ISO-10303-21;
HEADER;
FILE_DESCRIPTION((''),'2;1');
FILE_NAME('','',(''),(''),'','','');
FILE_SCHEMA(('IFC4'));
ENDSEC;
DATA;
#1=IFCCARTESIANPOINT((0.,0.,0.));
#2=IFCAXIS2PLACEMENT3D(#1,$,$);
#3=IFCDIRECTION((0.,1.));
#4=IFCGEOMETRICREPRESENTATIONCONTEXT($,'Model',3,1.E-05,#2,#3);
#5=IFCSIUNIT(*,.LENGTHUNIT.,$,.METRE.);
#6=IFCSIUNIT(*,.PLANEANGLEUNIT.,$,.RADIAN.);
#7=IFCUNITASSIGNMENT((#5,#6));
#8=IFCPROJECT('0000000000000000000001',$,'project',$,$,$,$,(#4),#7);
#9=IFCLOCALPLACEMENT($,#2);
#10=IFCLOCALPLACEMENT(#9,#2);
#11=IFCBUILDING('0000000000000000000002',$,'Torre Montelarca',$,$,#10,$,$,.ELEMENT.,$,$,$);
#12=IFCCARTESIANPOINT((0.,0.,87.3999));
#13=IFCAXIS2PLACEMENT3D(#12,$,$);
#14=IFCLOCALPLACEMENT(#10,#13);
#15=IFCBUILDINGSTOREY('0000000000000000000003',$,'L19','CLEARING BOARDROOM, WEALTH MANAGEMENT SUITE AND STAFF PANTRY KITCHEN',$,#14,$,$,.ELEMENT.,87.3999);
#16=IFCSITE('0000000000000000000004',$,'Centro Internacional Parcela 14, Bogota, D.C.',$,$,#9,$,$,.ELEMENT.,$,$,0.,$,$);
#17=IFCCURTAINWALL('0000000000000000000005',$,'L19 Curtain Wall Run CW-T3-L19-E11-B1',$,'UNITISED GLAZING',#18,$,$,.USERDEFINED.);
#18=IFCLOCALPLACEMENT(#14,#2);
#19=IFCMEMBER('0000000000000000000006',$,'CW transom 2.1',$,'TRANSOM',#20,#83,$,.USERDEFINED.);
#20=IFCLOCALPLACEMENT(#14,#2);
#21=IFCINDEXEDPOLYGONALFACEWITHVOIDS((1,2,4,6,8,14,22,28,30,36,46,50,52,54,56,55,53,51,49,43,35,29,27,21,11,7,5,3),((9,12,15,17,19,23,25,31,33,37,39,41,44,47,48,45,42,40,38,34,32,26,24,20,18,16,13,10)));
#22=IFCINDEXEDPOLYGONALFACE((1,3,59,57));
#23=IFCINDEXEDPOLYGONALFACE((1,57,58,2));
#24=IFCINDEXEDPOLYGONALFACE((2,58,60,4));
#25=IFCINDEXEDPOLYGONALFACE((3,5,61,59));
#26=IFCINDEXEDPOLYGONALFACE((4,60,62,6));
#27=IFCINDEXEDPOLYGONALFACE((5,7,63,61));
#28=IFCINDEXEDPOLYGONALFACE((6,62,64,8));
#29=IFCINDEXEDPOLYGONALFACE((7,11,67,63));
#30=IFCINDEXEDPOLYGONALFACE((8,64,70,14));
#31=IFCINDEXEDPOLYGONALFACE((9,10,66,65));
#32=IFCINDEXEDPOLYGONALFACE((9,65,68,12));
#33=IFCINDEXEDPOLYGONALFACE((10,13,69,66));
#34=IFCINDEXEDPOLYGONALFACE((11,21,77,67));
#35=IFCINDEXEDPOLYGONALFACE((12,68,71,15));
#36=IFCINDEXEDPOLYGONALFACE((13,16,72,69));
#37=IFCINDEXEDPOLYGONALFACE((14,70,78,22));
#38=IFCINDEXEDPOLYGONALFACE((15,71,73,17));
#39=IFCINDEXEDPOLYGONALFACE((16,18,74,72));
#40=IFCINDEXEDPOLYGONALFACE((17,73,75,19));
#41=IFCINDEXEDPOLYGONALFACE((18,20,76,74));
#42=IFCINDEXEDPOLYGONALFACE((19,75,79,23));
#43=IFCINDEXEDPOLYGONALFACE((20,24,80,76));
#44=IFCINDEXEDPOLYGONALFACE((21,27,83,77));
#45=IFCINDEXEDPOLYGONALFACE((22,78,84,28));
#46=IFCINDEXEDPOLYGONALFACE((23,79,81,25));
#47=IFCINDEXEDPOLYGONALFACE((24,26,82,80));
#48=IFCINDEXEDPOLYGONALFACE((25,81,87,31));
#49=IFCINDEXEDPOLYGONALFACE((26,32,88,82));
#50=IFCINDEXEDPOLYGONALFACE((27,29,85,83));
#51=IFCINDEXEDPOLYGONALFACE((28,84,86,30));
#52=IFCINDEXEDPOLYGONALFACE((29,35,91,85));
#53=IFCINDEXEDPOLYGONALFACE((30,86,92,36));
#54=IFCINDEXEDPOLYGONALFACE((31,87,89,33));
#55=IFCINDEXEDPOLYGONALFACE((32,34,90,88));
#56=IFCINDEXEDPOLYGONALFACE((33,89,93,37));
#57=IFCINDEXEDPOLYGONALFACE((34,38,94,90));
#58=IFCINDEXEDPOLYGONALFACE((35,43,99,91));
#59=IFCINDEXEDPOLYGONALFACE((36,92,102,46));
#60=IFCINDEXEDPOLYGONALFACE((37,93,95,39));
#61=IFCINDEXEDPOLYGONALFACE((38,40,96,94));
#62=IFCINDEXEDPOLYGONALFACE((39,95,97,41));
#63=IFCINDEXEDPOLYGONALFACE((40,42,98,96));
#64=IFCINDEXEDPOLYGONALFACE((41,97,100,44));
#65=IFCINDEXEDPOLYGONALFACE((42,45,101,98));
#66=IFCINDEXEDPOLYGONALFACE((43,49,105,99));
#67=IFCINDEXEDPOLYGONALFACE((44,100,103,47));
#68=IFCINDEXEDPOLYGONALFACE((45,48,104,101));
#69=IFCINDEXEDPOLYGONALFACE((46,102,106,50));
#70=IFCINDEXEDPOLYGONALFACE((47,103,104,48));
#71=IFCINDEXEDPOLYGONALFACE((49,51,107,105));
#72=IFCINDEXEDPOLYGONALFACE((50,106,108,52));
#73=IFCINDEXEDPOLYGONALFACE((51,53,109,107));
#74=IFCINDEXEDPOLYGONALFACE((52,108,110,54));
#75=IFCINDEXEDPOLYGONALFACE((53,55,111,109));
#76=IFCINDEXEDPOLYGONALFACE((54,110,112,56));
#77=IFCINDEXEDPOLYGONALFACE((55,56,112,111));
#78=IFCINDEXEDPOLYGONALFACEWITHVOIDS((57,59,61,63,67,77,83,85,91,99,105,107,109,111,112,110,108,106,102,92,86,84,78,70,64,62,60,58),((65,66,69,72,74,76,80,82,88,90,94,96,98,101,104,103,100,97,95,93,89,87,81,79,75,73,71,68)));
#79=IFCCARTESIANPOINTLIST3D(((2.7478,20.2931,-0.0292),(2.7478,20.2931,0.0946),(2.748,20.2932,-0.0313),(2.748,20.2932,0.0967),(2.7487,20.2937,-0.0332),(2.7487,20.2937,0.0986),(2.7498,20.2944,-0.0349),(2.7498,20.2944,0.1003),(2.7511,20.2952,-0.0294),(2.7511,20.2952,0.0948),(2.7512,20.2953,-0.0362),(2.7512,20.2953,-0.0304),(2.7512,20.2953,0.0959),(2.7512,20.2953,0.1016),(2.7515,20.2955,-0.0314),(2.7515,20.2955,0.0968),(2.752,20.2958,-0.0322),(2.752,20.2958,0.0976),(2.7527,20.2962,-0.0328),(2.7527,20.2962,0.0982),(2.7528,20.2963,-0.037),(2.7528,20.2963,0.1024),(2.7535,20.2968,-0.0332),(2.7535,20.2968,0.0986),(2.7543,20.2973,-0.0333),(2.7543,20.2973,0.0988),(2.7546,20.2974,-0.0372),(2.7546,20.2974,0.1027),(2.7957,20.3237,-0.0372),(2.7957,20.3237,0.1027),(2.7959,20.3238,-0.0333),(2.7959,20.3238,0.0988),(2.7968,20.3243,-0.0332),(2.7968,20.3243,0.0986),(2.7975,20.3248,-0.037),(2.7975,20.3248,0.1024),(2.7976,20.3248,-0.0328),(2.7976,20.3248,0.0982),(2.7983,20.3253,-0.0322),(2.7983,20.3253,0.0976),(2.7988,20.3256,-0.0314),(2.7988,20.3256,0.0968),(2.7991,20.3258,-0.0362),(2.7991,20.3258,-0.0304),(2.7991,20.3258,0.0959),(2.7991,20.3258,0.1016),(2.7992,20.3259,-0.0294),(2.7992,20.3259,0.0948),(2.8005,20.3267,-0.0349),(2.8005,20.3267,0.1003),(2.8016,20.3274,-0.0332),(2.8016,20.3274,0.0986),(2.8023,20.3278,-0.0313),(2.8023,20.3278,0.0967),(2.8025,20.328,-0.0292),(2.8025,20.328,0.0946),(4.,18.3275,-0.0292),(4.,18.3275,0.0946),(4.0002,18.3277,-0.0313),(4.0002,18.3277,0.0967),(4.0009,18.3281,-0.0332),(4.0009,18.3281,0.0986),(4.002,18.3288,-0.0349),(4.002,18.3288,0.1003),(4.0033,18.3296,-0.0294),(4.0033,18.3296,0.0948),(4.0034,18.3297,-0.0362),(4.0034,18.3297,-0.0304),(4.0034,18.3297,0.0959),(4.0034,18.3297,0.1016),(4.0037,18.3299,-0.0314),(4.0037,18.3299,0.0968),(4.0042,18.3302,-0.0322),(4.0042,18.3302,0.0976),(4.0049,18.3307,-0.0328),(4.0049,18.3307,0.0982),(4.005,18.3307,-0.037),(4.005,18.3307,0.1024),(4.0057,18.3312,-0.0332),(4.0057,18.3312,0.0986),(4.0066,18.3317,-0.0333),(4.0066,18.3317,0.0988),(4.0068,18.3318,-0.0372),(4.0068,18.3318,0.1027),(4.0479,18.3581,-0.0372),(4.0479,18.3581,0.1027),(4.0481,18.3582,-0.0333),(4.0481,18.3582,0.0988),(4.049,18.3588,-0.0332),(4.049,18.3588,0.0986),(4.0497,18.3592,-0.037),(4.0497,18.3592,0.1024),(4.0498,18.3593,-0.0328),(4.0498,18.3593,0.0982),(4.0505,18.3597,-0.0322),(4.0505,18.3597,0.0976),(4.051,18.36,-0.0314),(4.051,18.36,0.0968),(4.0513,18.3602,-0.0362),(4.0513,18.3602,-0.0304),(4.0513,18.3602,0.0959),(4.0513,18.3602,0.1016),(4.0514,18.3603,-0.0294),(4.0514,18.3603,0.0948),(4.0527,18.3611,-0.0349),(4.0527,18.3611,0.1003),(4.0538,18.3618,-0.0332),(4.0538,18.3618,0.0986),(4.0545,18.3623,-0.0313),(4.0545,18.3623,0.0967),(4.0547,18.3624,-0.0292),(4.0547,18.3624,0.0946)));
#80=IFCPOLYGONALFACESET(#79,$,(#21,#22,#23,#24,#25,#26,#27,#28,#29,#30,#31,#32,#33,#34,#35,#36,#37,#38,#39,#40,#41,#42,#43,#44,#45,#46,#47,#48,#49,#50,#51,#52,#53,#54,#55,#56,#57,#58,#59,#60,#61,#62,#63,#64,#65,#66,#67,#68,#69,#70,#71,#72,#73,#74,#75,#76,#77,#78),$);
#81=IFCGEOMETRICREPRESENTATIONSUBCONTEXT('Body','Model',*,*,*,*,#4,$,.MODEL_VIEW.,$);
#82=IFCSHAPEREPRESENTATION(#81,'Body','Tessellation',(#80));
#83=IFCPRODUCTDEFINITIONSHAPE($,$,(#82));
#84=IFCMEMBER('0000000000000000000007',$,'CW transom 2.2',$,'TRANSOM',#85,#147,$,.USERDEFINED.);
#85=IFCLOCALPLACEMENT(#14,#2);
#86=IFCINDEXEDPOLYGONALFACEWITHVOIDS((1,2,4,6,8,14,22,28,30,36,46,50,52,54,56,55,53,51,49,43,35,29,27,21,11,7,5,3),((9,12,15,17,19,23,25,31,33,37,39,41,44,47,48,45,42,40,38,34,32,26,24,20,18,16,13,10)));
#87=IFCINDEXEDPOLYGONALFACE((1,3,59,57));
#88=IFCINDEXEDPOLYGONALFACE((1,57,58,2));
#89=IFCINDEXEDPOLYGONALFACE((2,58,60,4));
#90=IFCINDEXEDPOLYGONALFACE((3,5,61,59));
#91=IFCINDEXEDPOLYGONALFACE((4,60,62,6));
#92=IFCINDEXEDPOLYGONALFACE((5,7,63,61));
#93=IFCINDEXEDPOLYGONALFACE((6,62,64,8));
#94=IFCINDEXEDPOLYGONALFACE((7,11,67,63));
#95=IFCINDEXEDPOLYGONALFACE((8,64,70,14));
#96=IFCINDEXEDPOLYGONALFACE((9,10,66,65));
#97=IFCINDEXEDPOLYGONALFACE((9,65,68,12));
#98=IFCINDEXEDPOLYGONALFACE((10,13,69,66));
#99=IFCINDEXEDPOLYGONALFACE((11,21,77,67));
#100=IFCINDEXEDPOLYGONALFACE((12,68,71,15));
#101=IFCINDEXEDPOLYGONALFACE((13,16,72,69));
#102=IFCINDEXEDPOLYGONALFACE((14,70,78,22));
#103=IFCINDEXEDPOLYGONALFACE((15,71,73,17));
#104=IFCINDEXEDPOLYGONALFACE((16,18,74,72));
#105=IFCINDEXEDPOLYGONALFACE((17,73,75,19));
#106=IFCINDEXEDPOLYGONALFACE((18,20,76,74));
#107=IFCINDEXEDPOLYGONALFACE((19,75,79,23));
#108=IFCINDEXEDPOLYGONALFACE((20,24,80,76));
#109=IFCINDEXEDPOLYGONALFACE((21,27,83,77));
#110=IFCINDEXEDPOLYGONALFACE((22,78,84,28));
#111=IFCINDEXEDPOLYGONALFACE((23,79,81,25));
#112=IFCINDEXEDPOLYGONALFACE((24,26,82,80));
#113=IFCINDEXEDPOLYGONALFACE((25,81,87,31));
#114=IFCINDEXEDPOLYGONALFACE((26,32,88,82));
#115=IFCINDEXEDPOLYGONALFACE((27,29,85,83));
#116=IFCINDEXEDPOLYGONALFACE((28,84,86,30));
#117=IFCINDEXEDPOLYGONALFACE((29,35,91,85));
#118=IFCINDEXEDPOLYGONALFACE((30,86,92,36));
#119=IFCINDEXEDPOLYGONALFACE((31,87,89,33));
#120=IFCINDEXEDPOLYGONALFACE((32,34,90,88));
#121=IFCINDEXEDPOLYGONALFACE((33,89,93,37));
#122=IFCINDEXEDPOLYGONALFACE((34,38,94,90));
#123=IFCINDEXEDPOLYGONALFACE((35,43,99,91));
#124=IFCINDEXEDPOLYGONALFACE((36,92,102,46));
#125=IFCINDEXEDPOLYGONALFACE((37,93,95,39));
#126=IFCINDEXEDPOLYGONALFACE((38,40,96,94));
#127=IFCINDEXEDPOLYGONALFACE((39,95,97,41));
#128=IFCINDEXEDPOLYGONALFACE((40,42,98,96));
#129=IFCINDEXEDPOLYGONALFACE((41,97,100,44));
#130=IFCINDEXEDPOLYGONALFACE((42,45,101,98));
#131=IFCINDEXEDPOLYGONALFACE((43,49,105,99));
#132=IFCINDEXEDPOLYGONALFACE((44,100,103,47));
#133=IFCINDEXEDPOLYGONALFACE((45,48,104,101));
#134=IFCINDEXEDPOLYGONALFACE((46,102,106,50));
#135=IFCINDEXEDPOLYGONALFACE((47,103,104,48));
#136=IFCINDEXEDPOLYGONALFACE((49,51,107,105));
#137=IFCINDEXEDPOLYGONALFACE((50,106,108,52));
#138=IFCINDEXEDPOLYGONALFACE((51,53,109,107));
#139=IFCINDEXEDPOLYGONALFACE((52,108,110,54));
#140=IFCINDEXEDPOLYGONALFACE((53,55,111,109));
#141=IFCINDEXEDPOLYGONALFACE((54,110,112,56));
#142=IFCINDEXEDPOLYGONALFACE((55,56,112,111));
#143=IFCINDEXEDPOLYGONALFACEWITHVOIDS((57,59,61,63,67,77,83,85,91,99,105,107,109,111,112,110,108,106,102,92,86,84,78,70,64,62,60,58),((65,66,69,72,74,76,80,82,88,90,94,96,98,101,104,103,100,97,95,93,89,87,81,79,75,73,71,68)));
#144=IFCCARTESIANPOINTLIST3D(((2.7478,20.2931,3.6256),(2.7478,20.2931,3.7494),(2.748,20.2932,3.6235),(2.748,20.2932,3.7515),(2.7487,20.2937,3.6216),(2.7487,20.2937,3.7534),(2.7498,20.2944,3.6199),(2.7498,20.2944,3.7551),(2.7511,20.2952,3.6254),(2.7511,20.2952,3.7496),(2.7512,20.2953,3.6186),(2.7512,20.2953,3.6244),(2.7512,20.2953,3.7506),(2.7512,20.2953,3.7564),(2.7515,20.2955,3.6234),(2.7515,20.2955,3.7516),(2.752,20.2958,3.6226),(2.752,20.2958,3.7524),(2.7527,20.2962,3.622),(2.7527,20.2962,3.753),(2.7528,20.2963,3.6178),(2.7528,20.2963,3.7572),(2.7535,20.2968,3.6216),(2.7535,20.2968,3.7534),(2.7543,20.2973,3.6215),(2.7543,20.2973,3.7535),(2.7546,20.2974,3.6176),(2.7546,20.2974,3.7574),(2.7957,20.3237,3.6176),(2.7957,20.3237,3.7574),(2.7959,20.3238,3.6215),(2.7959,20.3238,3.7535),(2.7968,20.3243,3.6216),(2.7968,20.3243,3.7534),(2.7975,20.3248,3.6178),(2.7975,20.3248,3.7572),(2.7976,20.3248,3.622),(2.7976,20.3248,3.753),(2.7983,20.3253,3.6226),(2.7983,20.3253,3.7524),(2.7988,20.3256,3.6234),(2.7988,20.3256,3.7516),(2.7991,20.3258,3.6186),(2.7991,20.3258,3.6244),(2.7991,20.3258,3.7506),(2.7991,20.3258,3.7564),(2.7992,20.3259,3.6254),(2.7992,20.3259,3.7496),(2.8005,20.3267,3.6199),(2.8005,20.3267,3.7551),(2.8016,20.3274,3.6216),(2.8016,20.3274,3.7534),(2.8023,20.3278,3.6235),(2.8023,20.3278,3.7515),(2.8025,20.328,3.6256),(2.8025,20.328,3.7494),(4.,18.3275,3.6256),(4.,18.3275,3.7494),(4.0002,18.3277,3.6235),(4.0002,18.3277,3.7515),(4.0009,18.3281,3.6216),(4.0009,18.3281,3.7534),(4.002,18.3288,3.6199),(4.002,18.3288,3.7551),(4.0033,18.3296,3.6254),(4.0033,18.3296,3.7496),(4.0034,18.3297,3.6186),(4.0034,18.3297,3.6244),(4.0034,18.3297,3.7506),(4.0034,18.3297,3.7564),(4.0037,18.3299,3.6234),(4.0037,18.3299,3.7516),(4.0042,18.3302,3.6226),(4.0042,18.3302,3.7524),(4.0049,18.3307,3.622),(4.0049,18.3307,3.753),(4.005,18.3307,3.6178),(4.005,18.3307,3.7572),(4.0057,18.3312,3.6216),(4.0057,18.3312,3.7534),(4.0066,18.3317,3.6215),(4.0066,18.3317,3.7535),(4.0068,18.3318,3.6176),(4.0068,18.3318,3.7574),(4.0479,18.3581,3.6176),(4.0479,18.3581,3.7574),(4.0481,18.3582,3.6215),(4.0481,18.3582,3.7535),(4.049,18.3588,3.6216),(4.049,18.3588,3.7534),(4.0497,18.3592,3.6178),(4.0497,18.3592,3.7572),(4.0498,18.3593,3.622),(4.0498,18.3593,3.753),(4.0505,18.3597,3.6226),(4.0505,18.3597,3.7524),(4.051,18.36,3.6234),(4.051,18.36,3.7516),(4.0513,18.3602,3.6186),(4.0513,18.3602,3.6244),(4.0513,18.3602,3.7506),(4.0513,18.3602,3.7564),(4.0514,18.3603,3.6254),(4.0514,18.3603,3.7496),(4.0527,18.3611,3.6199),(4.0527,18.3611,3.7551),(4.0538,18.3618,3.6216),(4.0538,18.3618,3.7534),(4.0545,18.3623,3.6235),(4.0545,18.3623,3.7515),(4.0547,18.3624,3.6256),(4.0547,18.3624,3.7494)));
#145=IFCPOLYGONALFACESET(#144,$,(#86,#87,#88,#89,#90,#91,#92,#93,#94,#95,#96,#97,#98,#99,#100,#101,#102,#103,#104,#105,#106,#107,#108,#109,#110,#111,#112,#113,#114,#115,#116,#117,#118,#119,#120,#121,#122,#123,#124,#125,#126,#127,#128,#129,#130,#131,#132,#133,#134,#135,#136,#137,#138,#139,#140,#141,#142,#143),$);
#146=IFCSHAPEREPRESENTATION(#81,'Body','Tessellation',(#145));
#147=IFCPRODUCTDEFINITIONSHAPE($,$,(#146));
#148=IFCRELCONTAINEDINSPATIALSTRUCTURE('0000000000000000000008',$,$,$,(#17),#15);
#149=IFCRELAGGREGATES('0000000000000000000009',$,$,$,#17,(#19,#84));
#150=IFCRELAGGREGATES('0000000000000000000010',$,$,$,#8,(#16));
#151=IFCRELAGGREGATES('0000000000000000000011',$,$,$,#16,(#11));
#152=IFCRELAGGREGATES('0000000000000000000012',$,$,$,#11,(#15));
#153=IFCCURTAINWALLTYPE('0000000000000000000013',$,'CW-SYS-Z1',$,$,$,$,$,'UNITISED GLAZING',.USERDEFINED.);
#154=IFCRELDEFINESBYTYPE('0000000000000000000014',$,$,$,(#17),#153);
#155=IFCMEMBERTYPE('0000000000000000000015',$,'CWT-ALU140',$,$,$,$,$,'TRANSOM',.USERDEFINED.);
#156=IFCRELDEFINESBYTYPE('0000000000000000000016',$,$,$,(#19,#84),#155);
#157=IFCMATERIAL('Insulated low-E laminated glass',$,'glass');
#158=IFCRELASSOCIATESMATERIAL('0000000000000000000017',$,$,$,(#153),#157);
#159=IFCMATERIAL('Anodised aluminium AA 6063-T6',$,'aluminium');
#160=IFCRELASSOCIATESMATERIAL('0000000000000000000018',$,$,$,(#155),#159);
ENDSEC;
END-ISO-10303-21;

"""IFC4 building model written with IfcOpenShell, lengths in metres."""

from ifc_helpers import new_model, si_unit, direction, frame, origin, origin_2d, place, context, subcontext, project, spatial, hollow_rectangle, extrude, source, transform, mapped, material, material_profile, profile_set, type_object, element, aggregate, save


model = new_model("IFC4")

# Units and contexts
model_context = context("Model", 3, precision=1e-05, world=origin(), true_north=direction((0.0, 1.0)))
body_context = subcontext(model_context, "Body", "Model", "MODEL_VIEW")
ifc_project = project(units=[si_unit("LENGTHUNIT", "METRE"), si_unit("PLANEANGLEUNIT", "RADIAN")], contexts=[model_context])

# Site, building, storey
site_placement = place(None, origin())
site = spatial("IfcSite", under=ifc_project, at=site_placement, Name="Centro Internacional Parcela 14, Bogota, D.C.", CompositionType="ELEMENT", RefElevation=0.0)
building_placement = place(site_placement, origin())
building = spatial("IfcBuilding", under=site, at=building_placement, Name="Torre Montelarca", CompositionType="ELEMENT")
storey_placement = place(building_placement, frame((0.0, 0.0, 87.3999)))
storey = spatial("IfcBuildingStorey", under=building, at=storey_placement, Name="L19", Description="CLEARING BOARDROOM, WEALTH MANAGEMENT SUITE AND STAFF PANTRY KITCHEN", CompositionType="ELEMENT", Elevation=87.3999)

# Curtain wall, members
ifc_material_1 = material(Name="Insulated low-E laminated glass", Category="glass")
curtain_wall_type = type_object("IfcCurtainWallType", Name="CW-SYS-Z1", ElementType="UNITISED GLAZING", PredefinedType="USERDEFINED", material=ifc_material_1)
ifc_material_2 = material(Name="Anodised aluminium AA 6063-T6", Category="aluminium")
ifc_material_profile_1 = material_profile(ifc_material_2, hollow_rectangle(XDim=0.0649, YDim=0.1399, WallThickness=0.0039, InnerFilletRadius=0.0039, OuterFilletRadius=0.0081, at=origin_2d()), Name="ALU65X140X4", Category="aluminium")
ifc_profile_set_1 = profile_set([ifc_material_profile_1], Name="Anodised aluminium AA 6063-T6")
member_type_1 = type_object("IfcMemberType", Name="CWT-ALU140", ElementType="TRANSOM", PredefinedType="USERDEFINED", material=ifc_profile_set_1)
curtain_wall_1_placement = place(storey_placement, origin())
curtain_wall_1 = element("IfcCurtainWall", 1, at=curtain_wall_1_placement, inside=storey, type_object=curtain_wall_type, Name="L19 Curtain Wall Run CW-T3-L19-E11-B1", ObjectType="UNITISED GLAZING", PredefinedType="USERDEFINED")
shared_shape_1 = source(origin(), body_context, "Body", "SweptSolid", [
    extrude(hollow_rectangle(XDim=0.0649, YDim=0.1399, WallThickness=0.0039, InnerFilletRadius=0.0039, OuterFilletRadius=0.0081, at=origin_2d()), origin(), (0.0, 0.0, 1.0), 2.3306),
])
member_1_placement = place(storey_placement, frame((2.7751, 20.3105, 0.0327), z_axis=(0.537296, -0.843394, 0.0), x_axis=(0.843394, 0.537296, 0.0)))
member_1 = element("IfcMember", 2, at=member_1_placement, type_object=member_type_1, Name="CW transom 2.1", ObjectType="TRANSOM", PredefinedType="USERDEFINED", context=body_context, shape_type="MappedRepresentation", body=[
    mapped(shared_shape_1, transform((0.0, 0.0, 0.0), scale=1.0)),
])
member_2_placement = place(storey_placement, frame((2.7751, 20.3105, 3.6875), z_axis=(0.537296, -0.843394, 0.0), x_axis=(0.843394, 0.537296, 0.0)))
member_2 = element("IfcMember", 3, at=member_2_placement, type_object=member_type_1, Name="CW transom 2.2", ObjectType="TRANSOM", PredefinedType="USERDEFINED", context=body_context, shape_type="MappedRepresentation", body=[
    mapped(shared_shape_1, transform((0.0, 0.0, 0.0), scale=1.0)),
])

aggregate(curtain_wall_1, [member_1, member_2])

save(model, "model.ifc")
